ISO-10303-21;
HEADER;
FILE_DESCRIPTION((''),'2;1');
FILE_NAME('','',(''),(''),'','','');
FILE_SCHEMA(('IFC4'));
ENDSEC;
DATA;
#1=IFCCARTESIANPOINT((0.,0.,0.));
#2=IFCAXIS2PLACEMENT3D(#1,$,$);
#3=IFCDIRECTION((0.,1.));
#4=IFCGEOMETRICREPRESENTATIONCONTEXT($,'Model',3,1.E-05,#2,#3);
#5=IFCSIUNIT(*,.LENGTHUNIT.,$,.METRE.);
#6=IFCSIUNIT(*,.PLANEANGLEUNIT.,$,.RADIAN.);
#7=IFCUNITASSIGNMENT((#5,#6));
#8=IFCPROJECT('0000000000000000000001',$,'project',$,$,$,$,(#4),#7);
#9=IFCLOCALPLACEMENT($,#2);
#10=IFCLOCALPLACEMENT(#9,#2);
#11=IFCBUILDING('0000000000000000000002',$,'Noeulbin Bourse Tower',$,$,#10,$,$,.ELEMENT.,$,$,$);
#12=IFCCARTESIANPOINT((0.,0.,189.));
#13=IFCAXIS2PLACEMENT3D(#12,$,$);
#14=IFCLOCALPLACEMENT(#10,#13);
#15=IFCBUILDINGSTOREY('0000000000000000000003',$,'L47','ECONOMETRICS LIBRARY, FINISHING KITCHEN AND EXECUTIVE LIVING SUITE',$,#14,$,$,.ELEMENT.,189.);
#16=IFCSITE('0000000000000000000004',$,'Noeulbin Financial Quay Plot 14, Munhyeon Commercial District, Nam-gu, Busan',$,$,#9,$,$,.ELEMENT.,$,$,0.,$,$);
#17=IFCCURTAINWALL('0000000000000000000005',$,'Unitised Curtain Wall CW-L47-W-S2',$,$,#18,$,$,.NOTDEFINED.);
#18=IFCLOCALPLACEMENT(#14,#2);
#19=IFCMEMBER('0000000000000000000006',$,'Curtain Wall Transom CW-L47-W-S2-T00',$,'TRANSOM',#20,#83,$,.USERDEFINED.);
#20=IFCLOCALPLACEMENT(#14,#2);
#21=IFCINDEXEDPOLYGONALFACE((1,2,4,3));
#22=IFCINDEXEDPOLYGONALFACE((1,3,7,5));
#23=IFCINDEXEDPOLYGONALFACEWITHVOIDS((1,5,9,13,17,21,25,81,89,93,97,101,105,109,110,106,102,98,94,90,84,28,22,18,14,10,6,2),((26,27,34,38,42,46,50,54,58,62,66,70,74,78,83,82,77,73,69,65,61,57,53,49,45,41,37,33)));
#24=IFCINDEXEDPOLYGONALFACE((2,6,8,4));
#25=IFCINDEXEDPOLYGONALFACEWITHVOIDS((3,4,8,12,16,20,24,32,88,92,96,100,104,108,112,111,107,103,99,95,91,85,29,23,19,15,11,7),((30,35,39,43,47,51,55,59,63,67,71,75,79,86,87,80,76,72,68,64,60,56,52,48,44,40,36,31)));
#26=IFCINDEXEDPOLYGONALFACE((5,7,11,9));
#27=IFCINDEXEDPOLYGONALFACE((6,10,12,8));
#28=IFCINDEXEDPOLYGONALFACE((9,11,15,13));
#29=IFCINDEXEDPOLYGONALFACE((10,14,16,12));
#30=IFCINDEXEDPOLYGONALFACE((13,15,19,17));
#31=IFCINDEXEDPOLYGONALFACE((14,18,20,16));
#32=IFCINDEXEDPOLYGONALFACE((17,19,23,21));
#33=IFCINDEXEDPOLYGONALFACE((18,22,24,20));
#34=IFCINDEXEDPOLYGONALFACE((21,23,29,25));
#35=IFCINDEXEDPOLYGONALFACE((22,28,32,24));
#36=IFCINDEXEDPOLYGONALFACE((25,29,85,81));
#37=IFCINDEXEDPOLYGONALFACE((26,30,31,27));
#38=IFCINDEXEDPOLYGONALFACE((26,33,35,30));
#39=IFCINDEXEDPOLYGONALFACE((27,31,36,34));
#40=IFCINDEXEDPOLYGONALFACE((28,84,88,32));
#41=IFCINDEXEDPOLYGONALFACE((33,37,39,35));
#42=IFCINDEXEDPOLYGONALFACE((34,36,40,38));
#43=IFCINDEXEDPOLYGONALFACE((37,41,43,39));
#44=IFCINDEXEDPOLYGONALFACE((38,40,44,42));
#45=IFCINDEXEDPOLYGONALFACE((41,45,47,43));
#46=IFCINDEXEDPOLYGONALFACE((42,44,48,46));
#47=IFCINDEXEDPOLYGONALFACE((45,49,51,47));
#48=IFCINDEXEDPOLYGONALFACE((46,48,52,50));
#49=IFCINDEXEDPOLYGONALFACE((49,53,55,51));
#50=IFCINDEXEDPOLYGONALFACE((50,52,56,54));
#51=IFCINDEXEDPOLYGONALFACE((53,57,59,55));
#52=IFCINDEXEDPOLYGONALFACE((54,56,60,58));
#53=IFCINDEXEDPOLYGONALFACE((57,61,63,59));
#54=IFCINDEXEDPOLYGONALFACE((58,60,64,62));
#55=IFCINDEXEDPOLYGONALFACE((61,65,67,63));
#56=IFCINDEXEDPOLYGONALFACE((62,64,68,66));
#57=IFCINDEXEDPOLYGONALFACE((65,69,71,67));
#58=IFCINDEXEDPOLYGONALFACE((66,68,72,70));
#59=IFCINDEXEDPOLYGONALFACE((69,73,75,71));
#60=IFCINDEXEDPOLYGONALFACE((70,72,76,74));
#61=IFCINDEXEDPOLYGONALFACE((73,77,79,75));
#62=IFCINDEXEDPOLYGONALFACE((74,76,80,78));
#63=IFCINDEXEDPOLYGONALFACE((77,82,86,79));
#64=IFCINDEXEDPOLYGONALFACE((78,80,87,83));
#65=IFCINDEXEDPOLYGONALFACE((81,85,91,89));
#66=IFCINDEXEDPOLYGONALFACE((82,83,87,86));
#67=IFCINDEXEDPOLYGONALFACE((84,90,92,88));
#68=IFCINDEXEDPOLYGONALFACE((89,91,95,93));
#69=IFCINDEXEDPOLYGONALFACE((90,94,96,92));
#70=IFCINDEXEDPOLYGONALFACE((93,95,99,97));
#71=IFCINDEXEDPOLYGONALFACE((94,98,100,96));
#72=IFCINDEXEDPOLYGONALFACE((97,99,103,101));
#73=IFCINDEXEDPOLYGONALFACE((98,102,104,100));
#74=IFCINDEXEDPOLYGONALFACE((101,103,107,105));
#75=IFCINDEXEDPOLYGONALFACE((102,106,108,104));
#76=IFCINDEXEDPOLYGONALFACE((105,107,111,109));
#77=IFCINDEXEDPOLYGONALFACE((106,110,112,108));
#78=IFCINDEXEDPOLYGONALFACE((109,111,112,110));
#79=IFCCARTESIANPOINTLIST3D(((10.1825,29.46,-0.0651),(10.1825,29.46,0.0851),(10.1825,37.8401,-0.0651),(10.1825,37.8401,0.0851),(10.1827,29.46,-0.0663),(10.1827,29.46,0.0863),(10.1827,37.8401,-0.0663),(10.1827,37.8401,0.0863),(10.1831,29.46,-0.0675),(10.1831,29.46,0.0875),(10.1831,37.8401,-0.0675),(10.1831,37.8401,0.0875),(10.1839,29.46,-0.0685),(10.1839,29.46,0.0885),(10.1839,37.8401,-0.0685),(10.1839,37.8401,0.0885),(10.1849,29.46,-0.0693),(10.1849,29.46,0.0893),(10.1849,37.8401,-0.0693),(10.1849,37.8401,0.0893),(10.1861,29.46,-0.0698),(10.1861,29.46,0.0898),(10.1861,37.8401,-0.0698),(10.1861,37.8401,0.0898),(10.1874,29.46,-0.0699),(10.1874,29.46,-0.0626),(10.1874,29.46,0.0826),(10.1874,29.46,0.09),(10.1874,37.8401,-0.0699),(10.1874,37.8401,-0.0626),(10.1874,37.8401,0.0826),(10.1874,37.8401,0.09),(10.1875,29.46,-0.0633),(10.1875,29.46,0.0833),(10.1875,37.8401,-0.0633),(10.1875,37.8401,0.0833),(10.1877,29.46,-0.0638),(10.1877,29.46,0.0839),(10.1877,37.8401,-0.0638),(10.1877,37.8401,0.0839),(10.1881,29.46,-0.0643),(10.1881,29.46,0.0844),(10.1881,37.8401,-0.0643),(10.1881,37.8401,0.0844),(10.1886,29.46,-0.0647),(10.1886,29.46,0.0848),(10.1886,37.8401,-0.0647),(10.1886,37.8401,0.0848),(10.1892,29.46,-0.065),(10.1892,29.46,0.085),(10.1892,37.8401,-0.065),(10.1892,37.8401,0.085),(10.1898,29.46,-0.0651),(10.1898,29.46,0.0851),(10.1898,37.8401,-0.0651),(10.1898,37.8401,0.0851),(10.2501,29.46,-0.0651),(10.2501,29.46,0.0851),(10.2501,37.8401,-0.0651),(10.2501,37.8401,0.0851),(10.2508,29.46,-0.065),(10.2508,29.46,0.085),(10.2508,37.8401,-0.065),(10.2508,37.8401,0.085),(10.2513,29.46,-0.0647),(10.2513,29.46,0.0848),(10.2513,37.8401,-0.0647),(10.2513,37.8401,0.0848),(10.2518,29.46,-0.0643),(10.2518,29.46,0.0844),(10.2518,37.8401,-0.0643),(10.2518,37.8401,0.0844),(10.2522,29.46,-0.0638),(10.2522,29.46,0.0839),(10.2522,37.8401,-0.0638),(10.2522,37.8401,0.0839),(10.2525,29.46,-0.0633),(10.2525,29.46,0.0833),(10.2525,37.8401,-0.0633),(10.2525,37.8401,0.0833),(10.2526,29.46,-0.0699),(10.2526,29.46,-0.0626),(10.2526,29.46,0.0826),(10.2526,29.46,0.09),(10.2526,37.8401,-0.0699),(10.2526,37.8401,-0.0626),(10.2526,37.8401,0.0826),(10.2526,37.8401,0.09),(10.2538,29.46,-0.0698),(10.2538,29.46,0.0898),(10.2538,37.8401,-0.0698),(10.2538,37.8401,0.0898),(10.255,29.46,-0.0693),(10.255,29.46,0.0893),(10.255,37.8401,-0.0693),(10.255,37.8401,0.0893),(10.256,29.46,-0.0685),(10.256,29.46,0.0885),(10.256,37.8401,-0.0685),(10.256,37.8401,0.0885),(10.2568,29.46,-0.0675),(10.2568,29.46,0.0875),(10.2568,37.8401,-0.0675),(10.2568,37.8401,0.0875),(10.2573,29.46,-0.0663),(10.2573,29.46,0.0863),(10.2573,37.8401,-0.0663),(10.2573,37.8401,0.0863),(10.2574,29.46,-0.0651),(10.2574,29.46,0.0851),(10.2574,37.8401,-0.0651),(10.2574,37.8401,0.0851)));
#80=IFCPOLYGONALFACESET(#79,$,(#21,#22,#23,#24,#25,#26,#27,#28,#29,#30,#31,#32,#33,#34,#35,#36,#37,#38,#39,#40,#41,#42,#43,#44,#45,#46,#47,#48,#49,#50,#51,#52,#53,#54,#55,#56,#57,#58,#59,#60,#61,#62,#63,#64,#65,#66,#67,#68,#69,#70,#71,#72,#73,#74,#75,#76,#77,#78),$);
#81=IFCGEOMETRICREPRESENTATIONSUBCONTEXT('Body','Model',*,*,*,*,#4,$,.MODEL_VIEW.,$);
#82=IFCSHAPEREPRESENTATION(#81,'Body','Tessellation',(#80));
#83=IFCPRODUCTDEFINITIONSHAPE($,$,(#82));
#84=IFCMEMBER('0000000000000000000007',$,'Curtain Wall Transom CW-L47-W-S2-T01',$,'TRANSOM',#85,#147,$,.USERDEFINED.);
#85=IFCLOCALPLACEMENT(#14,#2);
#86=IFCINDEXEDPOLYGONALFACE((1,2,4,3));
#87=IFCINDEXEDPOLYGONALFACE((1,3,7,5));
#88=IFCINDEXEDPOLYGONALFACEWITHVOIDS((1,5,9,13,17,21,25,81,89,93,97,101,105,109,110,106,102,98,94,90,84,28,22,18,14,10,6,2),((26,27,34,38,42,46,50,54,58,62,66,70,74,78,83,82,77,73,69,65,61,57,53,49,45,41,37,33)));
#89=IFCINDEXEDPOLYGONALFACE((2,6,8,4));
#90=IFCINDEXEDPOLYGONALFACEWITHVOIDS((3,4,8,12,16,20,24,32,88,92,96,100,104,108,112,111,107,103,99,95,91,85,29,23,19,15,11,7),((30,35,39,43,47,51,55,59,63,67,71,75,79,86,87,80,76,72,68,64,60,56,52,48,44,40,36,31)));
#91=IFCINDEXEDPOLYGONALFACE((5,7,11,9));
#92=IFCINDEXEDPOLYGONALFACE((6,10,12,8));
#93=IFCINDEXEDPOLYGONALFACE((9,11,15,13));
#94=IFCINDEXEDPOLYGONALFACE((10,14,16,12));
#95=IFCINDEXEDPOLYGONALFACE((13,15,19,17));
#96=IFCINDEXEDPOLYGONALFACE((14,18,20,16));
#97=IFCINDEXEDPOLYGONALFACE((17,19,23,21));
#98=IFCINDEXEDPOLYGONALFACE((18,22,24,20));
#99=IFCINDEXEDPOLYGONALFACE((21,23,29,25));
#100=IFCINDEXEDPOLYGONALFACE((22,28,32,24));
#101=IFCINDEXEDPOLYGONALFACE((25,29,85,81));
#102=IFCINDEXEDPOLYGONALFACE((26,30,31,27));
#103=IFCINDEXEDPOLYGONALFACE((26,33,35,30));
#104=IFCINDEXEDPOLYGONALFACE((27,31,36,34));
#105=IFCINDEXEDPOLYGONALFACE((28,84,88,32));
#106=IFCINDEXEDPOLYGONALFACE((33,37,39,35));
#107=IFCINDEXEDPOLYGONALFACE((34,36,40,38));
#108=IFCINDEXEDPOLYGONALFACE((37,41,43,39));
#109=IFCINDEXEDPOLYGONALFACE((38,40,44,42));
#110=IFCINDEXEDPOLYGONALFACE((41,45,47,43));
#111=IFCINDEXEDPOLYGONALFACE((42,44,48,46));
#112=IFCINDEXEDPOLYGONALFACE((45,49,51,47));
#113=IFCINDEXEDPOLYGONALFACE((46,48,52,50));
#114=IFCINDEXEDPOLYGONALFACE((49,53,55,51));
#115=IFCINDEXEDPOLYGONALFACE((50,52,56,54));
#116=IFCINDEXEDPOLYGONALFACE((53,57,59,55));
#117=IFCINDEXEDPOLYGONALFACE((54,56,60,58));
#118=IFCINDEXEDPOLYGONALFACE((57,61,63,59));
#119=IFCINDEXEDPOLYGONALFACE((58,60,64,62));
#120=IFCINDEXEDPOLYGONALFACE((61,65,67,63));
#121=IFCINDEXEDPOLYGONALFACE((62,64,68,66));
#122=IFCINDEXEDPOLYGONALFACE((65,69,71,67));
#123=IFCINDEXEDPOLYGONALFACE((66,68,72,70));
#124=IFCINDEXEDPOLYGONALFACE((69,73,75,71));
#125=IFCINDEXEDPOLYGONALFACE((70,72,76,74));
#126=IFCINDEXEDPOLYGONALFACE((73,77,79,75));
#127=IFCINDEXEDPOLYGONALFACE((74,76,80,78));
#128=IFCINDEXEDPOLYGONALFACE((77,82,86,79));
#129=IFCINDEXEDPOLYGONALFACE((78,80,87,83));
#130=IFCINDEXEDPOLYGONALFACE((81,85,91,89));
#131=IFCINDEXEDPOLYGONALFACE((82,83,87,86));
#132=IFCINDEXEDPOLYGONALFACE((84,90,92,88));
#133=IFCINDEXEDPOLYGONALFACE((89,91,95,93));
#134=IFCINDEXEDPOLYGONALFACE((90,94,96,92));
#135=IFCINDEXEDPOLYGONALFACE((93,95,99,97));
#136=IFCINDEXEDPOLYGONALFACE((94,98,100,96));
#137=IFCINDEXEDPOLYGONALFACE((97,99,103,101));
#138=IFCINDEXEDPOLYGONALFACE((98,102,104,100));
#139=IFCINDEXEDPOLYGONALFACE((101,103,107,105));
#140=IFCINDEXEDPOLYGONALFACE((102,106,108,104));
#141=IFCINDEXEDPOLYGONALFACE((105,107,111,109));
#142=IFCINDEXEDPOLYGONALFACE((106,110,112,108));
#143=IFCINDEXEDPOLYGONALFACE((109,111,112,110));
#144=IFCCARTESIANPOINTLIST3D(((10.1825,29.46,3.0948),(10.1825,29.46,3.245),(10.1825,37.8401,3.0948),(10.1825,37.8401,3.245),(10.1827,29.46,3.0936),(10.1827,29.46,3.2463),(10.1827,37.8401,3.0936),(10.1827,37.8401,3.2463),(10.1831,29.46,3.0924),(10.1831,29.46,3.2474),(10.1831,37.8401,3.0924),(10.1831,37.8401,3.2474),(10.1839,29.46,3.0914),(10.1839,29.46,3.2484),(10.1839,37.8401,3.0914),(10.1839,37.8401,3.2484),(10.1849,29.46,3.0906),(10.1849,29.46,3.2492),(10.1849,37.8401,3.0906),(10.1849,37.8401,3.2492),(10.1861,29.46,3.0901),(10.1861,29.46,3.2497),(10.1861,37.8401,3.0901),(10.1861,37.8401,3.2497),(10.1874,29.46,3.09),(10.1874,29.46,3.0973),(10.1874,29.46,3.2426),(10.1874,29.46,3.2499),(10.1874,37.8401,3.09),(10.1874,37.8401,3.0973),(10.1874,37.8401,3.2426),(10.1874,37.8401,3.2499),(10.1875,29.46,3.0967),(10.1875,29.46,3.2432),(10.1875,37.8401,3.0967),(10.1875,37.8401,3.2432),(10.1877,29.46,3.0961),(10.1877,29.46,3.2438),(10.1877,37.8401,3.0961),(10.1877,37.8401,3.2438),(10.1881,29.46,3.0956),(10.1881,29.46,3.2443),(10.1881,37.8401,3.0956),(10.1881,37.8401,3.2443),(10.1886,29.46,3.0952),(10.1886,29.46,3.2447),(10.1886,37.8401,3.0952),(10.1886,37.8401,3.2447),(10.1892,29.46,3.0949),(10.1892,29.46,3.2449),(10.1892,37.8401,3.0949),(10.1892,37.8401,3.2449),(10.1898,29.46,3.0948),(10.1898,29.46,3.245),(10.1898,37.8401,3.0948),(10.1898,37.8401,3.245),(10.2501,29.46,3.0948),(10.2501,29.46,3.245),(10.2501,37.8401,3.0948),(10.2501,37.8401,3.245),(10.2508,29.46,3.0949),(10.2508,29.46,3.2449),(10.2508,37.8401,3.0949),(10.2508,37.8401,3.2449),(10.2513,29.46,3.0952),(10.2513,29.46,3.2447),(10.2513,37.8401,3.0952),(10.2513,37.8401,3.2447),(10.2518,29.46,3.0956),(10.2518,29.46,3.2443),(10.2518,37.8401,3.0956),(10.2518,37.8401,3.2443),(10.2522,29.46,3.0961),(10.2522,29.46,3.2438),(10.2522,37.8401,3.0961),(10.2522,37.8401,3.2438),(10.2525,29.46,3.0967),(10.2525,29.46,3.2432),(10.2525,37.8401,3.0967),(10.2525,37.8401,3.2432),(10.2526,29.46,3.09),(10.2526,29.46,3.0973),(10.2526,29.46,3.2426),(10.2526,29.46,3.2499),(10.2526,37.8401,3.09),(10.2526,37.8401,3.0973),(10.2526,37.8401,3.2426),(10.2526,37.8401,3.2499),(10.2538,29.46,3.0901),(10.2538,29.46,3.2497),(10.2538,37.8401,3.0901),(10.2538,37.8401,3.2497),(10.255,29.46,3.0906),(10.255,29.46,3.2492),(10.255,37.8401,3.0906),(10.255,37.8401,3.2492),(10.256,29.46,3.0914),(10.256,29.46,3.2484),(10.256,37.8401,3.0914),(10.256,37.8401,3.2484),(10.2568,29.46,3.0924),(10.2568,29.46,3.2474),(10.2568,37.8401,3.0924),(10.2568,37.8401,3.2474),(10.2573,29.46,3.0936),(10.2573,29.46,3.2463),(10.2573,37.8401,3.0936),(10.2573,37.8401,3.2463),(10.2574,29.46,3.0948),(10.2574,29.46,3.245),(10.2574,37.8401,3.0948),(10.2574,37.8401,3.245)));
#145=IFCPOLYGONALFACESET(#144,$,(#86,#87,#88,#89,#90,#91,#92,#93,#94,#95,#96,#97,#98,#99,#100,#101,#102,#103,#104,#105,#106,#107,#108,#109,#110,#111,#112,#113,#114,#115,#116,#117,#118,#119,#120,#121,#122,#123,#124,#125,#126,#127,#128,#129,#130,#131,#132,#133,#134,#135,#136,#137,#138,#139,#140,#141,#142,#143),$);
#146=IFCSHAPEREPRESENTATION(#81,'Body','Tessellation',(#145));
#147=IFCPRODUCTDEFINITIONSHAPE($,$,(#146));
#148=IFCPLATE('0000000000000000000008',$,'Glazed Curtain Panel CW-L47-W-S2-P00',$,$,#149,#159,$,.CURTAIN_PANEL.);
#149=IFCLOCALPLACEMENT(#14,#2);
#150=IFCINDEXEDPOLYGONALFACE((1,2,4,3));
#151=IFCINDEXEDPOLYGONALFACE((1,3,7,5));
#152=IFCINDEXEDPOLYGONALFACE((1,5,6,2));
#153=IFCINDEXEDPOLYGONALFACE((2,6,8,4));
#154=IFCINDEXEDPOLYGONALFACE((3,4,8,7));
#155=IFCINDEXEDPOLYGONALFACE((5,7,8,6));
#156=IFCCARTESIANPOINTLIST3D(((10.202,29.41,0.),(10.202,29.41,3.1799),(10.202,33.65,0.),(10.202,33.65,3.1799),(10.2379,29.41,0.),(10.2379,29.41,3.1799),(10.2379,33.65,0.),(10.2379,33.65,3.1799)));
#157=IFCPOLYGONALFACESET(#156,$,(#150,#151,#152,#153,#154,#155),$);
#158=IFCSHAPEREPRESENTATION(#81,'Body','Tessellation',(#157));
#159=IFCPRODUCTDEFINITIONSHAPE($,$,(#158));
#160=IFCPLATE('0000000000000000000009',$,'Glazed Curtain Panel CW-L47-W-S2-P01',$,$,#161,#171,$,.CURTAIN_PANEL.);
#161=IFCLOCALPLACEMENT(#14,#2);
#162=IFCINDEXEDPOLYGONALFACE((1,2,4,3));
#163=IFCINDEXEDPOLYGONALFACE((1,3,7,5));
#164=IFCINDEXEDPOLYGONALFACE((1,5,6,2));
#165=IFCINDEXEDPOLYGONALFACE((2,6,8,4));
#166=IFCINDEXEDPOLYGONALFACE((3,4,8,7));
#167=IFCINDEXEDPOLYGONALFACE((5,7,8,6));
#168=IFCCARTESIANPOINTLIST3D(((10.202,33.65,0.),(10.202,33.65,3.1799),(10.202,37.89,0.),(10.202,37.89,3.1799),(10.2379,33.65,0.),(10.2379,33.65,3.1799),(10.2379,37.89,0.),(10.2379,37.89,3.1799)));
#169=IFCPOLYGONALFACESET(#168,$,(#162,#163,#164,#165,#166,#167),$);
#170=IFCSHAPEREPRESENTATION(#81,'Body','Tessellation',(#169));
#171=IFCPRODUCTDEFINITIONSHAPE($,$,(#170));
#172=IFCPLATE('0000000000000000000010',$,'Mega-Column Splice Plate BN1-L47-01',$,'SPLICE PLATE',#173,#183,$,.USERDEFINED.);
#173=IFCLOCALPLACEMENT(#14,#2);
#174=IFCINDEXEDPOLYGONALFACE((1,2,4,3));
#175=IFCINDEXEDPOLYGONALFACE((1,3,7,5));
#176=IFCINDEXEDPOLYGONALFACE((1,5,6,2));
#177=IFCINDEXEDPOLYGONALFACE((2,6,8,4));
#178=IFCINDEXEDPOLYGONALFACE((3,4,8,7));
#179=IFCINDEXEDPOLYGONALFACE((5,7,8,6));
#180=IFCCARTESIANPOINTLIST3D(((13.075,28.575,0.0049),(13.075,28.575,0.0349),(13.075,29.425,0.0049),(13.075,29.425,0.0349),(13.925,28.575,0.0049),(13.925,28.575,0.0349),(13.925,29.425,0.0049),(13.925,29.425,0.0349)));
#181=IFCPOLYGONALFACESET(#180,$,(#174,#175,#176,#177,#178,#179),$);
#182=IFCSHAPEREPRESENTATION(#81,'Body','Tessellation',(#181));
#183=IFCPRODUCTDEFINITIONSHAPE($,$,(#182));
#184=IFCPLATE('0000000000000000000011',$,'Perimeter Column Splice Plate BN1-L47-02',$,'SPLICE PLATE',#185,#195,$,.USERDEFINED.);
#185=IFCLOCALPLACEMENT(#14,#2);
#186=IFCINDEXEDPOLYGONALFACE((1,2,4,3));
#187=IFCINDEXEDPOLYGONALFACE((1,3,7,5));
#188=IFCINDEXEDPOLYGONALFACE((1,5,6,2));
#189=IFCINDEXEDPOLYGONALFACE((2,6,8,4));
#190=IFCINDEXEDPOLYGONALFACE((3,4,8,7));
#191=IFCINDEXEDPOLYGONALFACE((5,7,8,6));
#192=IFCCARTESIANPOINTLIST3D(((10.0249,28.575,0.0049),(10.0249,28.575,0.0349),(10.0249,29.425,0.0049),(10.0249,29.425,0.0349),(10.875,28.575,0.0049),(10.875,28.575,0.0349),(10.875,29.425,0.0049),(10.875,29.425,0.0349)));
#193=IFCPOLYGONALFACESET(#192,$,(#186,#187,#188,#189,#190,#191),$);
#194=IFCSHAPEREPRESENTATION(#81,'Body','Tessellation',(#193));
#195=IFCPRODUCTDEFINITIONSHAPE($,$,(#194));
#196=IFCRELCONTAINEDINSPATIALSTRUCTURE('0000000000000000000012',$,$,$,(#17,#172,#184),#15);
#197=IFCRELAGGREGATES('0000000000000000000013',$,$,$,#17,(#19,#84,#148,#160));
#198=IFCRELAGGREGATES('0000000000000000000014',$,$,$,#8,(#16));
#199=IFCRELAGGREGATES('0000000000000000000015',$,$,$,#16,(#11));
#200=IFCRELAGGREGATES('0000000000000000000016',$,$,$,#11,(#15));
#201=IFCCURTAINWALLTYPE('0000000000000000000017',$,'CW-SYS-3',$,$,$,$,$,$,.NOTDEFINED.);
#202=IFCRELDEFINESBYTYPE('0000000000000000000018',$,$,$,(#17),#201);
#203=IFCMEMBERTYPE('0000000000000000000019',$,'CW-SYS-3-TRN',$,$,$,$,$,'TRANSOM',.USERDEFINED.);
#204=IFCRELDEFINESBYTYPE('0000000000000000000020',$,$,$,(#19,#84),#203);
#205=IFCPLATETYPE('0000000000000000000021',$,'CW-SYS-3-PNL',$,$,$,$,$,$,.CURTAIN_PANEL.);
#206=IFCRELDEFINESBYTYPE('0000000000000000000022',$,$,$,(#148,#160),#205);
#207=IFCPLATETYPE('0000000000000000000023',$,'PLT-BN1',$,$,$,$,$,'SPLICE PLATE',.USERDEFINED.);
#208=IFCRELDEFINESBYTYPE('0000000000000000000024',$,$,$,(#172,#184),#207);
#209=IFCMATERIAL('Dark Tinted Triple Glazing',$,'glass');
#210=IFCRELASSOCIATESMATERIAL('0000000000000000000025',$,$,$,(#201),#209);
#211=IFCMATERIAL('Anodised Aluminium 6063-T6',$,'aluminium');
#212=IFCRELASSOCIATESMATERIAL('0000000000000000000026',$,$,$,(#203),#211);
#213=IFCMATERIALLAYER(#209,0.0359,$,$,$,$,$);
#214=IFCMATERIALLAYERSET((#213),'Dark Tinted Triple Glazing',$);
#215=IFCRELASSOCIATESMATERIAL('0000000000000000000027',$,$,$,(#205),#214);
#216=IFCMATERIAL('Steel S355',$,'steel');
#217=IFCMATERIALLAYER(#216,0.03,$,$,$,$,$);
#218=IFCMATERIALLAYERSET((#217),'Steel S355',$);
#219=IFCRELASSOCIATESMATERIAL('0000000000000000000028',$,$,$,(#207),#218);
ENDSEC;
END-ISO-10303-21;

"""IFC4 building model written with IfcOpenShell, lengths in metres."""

from ifc_helpers import new_model, si_unit, direction, frame, origin, origin_2d, place, context, subcontext, project, spatial, rectangle, hollow_rectangle, extrude, material, layer, layer_set, material_profile, profile_set, type_object, element, aggregate, save


model = new_model("IFC4")

# Units and contexts
model_context = context("Model", 3, precision=1e-05, world=origin(), true_north=direction((0.0, 1.0)))
body_context = subcontext(model_context, "Body", "Model", "MODEL_VIEW")
ifc_project = project(units=[si_unit("LENGTHUNIT", "METRE"), si_unit("PLANEANGLEUNIT", "RADIAN")], contexts=[model_context])

# Site, building, storey
site_placement = place(None, origin())
site = spatial("IfcSite", under=ifc_project, at=site_placement, Name="Noeulbin Financial Quay Plot 14, Munhyeon Commercial District, Nam-gu, Busan", CompositionType="ELEMENT", RefElevation=0.0)
building_placement = place(site_placement, origin())
building = spatial("IfcBuilding", under=site, at=building_placement, Name="Noeulbin Bourse Tower", CompositionType="ELEMENT")
storey_placement = place(building_placement, frame((0.0, 0.0, 189.0)))
storey = spatial("IfcBuildingStorey", under=building, at=storey_placement, Name="L47", Description="ECONOMETRICS LIBRARY, FINISHING KITCHEN AND EXECUTIVE LIVING SUITE", CompositionType="ELEMENT", Elevation=189.0)

# Shared definitions
ifc_material_1 = material(Name="Steel S355", Category="steel")

# Curtain wall, members, plates
ifc_material_2 = material(Name="Dark Tinted Triple Glazing", Category="glass")
curtain_wall_type = type_object("IfcCurtainWallType", Name="CW-SYS-3", PredefinedType="NOTDEFINED", material=ifc_material_2)
curtain_wall_placement = place(storey_placement, origin())
curtain_wall = element("IfcCurtainWall", 1, at=curtain_wall_placement, inside=storey, type_object=curtain_wall_type, Name="Unitised Curtain Wall CW-L47-W-S2", PredefinedType="NOTDEFINED")
ifc_material_3 = material(Name="Anodised Aluminium 6063-T6", Category="aluminium")
ifc_material_profile_1 = material_profile(ifc_material_3, hollow_rectangle(XDim=0.075, YDim=0.1599, WallThickness=0.0049, InnerFilletRadius=0.0024, OuterFilletRadius=0.0049, at=origin_2d()), Name="ALU-TRAN-75x160x5", Category="LoadBearing")
ifc_profile_set_1 = profile_set([ifc_material_profile_1], Name="Anodised Aluminium 6063-T6")
member_type_1 = type_object("IfcMemberType", Name="CW-SYS-3-TRN", ElementType="TRANSOM", PredefinedType="USERDEFINED", material=ifc_profile_set_1)
member_1_placement = place(storey_placement, frame((10.22, 29.46, 0.01), z_axis=(0.0, 1.0, 0.0), x_axis=(-1.0, 0.0, 0.0)))
member_1 = element("IfcMember", 2, at=member_1_placement, type_object=member_type_1, Name="Curtain Wall Transom CW-L47-W-S2-T00", ObjectType="TRANSOM", PredefinedType="USERDEFINED", context=body_context, shape_type="SweptSolid", body=[
    extrude(hollow_rectangle(XDim=0.075, YDim=0.1599, WallThickness=0.0049, InnerFilletRadius=0.0024, OuterFilletRadius=0.0049, at=origin_2d()), origin(), (0.0, 0.0, 1.0), 8.3801),
])
member_2_placement = place(storey_placement, frame((10.22, 29.46, 3.1699), z_axis=(0.0, 1.0, 0.0), x_axis=(-1.0, 0.0, 0.0)))
member_2 = element("IfcMember", 3, at=member_2_placement, type_object=member_type_1, Name="Curtain Wall Transom CW-L47-W-S2-T01", ObjectType="TRANSOM", PredefinedType="USERDEFINED", context=body_context, shape_type="SweptSolid", body=[
    extrude(hollow_rectangle(XDim=0.075, YDim=0.1599, WallThickness=0.0049, InnerFilletRadius=0.0024, OuterFilletRadius=0.0049, at=origin_2d()), origin(), (0.0, 0.0, 1.0), 8.3801),
])
ifc_layer_1 = layer(ifc_material_2, 0.0359)
ifc_layer_set_1 = layer_set([ifc_layer_1], Name="Dark Tinted Triple Glazing")
plate_type_1 = type_object("IfcPlateType", Name="CW-SYS-3-PNL", PredefinedType="CURTAIN_PANEL", material=ifc_layer_set_1)
plate_1_placement = place(storey_placement, frame((10.22, 31.53, 0.0), z_axis=(0.0, 0.0, 1.0), x_axis=(0.0, 1.0, 0.0)))
plate_1 = element("IfcPlate", 4, at=plate_1_placement, type_object=plate_type_1, Name="Glazed Curtain Panel CW-L47-W-S2-P00", PredefinedType="CURTAIN_PANEL", context=body_context, shape_type="SweptSolid", body=[
    extrude(rectangle(XDim=4.24, YDim=0.0359, at=origin_2d()), origin(), (0.0, 0.0, 1.0), 3.1799),
])
plate_2_placement = place(storey_placement, frame((10.22, 35.77, 0.0), z_axis=(0.0, 0.0, 1.0), x_axis=(0.0, 1.0, 0.0)))
plate_2 = element("IfcPlate", 5, at=plate_2_placement, type_object=plate_type_1, Name="Glazed Curtain Panel CW-L47-W-S2-P01", PredefinedType="CURTAIN_PANEL", context=body_context, shape_type="SweptSolid", body=[
    extrude(rectangle(XDim=4.24, YDim=0.0359, at=origin_2d()), origin(), (0.0, 0.0, 1.0), 3.1799),
])
aggregate(curtain_wall, [member_1, member_2, plate_1, plate_2])

# Plates
ifc_layer_2 = layer(ifc_material_1, 0.03)
ifc_layer_set_2 = layer_set([ifc_layer_2], Name="Steel S355")
plate_type_2 = type_object("IfcPlateType", Name="PLT-BN1", ElementType="SPLICE PLATE", PredefinedType="USERDEFINED", material=ifc_layer_set_2)
for number, where, z_axis, x_axis, name in (
    (6, (13.5, 29.0, 0.0049), (0.0, 0.0, 1.0), (1.0, 0.0, 0.0), "Mega-Column Splice Plate BN1-L47-01"),
    (7, (10.45, 29.0, 0.0049), (0.0, 0.0, 1.0), (1.0, 0.0, 0.0), "Perimeter Column Splice Plate BN1-L47-02"),
):
    element("IfcPlate", number, at=place(storey_placement, frame(where, z_axis=z_axis, x_axis=x_axis)), inside=storey, type_object=plate_type_2, Name=name, ObjectType="SPLICE PLATE", PredefinedType="USERDEFINED", context=body_context, shape_type="SweptSolid", body=[
        extrude(rectangle(XDim=0.8501, YDim=0.8501, at=origin_2d()), origin(), (0.0, 0.0, 1.0), 0.03),
    ])

save(model, "model.ifc")
